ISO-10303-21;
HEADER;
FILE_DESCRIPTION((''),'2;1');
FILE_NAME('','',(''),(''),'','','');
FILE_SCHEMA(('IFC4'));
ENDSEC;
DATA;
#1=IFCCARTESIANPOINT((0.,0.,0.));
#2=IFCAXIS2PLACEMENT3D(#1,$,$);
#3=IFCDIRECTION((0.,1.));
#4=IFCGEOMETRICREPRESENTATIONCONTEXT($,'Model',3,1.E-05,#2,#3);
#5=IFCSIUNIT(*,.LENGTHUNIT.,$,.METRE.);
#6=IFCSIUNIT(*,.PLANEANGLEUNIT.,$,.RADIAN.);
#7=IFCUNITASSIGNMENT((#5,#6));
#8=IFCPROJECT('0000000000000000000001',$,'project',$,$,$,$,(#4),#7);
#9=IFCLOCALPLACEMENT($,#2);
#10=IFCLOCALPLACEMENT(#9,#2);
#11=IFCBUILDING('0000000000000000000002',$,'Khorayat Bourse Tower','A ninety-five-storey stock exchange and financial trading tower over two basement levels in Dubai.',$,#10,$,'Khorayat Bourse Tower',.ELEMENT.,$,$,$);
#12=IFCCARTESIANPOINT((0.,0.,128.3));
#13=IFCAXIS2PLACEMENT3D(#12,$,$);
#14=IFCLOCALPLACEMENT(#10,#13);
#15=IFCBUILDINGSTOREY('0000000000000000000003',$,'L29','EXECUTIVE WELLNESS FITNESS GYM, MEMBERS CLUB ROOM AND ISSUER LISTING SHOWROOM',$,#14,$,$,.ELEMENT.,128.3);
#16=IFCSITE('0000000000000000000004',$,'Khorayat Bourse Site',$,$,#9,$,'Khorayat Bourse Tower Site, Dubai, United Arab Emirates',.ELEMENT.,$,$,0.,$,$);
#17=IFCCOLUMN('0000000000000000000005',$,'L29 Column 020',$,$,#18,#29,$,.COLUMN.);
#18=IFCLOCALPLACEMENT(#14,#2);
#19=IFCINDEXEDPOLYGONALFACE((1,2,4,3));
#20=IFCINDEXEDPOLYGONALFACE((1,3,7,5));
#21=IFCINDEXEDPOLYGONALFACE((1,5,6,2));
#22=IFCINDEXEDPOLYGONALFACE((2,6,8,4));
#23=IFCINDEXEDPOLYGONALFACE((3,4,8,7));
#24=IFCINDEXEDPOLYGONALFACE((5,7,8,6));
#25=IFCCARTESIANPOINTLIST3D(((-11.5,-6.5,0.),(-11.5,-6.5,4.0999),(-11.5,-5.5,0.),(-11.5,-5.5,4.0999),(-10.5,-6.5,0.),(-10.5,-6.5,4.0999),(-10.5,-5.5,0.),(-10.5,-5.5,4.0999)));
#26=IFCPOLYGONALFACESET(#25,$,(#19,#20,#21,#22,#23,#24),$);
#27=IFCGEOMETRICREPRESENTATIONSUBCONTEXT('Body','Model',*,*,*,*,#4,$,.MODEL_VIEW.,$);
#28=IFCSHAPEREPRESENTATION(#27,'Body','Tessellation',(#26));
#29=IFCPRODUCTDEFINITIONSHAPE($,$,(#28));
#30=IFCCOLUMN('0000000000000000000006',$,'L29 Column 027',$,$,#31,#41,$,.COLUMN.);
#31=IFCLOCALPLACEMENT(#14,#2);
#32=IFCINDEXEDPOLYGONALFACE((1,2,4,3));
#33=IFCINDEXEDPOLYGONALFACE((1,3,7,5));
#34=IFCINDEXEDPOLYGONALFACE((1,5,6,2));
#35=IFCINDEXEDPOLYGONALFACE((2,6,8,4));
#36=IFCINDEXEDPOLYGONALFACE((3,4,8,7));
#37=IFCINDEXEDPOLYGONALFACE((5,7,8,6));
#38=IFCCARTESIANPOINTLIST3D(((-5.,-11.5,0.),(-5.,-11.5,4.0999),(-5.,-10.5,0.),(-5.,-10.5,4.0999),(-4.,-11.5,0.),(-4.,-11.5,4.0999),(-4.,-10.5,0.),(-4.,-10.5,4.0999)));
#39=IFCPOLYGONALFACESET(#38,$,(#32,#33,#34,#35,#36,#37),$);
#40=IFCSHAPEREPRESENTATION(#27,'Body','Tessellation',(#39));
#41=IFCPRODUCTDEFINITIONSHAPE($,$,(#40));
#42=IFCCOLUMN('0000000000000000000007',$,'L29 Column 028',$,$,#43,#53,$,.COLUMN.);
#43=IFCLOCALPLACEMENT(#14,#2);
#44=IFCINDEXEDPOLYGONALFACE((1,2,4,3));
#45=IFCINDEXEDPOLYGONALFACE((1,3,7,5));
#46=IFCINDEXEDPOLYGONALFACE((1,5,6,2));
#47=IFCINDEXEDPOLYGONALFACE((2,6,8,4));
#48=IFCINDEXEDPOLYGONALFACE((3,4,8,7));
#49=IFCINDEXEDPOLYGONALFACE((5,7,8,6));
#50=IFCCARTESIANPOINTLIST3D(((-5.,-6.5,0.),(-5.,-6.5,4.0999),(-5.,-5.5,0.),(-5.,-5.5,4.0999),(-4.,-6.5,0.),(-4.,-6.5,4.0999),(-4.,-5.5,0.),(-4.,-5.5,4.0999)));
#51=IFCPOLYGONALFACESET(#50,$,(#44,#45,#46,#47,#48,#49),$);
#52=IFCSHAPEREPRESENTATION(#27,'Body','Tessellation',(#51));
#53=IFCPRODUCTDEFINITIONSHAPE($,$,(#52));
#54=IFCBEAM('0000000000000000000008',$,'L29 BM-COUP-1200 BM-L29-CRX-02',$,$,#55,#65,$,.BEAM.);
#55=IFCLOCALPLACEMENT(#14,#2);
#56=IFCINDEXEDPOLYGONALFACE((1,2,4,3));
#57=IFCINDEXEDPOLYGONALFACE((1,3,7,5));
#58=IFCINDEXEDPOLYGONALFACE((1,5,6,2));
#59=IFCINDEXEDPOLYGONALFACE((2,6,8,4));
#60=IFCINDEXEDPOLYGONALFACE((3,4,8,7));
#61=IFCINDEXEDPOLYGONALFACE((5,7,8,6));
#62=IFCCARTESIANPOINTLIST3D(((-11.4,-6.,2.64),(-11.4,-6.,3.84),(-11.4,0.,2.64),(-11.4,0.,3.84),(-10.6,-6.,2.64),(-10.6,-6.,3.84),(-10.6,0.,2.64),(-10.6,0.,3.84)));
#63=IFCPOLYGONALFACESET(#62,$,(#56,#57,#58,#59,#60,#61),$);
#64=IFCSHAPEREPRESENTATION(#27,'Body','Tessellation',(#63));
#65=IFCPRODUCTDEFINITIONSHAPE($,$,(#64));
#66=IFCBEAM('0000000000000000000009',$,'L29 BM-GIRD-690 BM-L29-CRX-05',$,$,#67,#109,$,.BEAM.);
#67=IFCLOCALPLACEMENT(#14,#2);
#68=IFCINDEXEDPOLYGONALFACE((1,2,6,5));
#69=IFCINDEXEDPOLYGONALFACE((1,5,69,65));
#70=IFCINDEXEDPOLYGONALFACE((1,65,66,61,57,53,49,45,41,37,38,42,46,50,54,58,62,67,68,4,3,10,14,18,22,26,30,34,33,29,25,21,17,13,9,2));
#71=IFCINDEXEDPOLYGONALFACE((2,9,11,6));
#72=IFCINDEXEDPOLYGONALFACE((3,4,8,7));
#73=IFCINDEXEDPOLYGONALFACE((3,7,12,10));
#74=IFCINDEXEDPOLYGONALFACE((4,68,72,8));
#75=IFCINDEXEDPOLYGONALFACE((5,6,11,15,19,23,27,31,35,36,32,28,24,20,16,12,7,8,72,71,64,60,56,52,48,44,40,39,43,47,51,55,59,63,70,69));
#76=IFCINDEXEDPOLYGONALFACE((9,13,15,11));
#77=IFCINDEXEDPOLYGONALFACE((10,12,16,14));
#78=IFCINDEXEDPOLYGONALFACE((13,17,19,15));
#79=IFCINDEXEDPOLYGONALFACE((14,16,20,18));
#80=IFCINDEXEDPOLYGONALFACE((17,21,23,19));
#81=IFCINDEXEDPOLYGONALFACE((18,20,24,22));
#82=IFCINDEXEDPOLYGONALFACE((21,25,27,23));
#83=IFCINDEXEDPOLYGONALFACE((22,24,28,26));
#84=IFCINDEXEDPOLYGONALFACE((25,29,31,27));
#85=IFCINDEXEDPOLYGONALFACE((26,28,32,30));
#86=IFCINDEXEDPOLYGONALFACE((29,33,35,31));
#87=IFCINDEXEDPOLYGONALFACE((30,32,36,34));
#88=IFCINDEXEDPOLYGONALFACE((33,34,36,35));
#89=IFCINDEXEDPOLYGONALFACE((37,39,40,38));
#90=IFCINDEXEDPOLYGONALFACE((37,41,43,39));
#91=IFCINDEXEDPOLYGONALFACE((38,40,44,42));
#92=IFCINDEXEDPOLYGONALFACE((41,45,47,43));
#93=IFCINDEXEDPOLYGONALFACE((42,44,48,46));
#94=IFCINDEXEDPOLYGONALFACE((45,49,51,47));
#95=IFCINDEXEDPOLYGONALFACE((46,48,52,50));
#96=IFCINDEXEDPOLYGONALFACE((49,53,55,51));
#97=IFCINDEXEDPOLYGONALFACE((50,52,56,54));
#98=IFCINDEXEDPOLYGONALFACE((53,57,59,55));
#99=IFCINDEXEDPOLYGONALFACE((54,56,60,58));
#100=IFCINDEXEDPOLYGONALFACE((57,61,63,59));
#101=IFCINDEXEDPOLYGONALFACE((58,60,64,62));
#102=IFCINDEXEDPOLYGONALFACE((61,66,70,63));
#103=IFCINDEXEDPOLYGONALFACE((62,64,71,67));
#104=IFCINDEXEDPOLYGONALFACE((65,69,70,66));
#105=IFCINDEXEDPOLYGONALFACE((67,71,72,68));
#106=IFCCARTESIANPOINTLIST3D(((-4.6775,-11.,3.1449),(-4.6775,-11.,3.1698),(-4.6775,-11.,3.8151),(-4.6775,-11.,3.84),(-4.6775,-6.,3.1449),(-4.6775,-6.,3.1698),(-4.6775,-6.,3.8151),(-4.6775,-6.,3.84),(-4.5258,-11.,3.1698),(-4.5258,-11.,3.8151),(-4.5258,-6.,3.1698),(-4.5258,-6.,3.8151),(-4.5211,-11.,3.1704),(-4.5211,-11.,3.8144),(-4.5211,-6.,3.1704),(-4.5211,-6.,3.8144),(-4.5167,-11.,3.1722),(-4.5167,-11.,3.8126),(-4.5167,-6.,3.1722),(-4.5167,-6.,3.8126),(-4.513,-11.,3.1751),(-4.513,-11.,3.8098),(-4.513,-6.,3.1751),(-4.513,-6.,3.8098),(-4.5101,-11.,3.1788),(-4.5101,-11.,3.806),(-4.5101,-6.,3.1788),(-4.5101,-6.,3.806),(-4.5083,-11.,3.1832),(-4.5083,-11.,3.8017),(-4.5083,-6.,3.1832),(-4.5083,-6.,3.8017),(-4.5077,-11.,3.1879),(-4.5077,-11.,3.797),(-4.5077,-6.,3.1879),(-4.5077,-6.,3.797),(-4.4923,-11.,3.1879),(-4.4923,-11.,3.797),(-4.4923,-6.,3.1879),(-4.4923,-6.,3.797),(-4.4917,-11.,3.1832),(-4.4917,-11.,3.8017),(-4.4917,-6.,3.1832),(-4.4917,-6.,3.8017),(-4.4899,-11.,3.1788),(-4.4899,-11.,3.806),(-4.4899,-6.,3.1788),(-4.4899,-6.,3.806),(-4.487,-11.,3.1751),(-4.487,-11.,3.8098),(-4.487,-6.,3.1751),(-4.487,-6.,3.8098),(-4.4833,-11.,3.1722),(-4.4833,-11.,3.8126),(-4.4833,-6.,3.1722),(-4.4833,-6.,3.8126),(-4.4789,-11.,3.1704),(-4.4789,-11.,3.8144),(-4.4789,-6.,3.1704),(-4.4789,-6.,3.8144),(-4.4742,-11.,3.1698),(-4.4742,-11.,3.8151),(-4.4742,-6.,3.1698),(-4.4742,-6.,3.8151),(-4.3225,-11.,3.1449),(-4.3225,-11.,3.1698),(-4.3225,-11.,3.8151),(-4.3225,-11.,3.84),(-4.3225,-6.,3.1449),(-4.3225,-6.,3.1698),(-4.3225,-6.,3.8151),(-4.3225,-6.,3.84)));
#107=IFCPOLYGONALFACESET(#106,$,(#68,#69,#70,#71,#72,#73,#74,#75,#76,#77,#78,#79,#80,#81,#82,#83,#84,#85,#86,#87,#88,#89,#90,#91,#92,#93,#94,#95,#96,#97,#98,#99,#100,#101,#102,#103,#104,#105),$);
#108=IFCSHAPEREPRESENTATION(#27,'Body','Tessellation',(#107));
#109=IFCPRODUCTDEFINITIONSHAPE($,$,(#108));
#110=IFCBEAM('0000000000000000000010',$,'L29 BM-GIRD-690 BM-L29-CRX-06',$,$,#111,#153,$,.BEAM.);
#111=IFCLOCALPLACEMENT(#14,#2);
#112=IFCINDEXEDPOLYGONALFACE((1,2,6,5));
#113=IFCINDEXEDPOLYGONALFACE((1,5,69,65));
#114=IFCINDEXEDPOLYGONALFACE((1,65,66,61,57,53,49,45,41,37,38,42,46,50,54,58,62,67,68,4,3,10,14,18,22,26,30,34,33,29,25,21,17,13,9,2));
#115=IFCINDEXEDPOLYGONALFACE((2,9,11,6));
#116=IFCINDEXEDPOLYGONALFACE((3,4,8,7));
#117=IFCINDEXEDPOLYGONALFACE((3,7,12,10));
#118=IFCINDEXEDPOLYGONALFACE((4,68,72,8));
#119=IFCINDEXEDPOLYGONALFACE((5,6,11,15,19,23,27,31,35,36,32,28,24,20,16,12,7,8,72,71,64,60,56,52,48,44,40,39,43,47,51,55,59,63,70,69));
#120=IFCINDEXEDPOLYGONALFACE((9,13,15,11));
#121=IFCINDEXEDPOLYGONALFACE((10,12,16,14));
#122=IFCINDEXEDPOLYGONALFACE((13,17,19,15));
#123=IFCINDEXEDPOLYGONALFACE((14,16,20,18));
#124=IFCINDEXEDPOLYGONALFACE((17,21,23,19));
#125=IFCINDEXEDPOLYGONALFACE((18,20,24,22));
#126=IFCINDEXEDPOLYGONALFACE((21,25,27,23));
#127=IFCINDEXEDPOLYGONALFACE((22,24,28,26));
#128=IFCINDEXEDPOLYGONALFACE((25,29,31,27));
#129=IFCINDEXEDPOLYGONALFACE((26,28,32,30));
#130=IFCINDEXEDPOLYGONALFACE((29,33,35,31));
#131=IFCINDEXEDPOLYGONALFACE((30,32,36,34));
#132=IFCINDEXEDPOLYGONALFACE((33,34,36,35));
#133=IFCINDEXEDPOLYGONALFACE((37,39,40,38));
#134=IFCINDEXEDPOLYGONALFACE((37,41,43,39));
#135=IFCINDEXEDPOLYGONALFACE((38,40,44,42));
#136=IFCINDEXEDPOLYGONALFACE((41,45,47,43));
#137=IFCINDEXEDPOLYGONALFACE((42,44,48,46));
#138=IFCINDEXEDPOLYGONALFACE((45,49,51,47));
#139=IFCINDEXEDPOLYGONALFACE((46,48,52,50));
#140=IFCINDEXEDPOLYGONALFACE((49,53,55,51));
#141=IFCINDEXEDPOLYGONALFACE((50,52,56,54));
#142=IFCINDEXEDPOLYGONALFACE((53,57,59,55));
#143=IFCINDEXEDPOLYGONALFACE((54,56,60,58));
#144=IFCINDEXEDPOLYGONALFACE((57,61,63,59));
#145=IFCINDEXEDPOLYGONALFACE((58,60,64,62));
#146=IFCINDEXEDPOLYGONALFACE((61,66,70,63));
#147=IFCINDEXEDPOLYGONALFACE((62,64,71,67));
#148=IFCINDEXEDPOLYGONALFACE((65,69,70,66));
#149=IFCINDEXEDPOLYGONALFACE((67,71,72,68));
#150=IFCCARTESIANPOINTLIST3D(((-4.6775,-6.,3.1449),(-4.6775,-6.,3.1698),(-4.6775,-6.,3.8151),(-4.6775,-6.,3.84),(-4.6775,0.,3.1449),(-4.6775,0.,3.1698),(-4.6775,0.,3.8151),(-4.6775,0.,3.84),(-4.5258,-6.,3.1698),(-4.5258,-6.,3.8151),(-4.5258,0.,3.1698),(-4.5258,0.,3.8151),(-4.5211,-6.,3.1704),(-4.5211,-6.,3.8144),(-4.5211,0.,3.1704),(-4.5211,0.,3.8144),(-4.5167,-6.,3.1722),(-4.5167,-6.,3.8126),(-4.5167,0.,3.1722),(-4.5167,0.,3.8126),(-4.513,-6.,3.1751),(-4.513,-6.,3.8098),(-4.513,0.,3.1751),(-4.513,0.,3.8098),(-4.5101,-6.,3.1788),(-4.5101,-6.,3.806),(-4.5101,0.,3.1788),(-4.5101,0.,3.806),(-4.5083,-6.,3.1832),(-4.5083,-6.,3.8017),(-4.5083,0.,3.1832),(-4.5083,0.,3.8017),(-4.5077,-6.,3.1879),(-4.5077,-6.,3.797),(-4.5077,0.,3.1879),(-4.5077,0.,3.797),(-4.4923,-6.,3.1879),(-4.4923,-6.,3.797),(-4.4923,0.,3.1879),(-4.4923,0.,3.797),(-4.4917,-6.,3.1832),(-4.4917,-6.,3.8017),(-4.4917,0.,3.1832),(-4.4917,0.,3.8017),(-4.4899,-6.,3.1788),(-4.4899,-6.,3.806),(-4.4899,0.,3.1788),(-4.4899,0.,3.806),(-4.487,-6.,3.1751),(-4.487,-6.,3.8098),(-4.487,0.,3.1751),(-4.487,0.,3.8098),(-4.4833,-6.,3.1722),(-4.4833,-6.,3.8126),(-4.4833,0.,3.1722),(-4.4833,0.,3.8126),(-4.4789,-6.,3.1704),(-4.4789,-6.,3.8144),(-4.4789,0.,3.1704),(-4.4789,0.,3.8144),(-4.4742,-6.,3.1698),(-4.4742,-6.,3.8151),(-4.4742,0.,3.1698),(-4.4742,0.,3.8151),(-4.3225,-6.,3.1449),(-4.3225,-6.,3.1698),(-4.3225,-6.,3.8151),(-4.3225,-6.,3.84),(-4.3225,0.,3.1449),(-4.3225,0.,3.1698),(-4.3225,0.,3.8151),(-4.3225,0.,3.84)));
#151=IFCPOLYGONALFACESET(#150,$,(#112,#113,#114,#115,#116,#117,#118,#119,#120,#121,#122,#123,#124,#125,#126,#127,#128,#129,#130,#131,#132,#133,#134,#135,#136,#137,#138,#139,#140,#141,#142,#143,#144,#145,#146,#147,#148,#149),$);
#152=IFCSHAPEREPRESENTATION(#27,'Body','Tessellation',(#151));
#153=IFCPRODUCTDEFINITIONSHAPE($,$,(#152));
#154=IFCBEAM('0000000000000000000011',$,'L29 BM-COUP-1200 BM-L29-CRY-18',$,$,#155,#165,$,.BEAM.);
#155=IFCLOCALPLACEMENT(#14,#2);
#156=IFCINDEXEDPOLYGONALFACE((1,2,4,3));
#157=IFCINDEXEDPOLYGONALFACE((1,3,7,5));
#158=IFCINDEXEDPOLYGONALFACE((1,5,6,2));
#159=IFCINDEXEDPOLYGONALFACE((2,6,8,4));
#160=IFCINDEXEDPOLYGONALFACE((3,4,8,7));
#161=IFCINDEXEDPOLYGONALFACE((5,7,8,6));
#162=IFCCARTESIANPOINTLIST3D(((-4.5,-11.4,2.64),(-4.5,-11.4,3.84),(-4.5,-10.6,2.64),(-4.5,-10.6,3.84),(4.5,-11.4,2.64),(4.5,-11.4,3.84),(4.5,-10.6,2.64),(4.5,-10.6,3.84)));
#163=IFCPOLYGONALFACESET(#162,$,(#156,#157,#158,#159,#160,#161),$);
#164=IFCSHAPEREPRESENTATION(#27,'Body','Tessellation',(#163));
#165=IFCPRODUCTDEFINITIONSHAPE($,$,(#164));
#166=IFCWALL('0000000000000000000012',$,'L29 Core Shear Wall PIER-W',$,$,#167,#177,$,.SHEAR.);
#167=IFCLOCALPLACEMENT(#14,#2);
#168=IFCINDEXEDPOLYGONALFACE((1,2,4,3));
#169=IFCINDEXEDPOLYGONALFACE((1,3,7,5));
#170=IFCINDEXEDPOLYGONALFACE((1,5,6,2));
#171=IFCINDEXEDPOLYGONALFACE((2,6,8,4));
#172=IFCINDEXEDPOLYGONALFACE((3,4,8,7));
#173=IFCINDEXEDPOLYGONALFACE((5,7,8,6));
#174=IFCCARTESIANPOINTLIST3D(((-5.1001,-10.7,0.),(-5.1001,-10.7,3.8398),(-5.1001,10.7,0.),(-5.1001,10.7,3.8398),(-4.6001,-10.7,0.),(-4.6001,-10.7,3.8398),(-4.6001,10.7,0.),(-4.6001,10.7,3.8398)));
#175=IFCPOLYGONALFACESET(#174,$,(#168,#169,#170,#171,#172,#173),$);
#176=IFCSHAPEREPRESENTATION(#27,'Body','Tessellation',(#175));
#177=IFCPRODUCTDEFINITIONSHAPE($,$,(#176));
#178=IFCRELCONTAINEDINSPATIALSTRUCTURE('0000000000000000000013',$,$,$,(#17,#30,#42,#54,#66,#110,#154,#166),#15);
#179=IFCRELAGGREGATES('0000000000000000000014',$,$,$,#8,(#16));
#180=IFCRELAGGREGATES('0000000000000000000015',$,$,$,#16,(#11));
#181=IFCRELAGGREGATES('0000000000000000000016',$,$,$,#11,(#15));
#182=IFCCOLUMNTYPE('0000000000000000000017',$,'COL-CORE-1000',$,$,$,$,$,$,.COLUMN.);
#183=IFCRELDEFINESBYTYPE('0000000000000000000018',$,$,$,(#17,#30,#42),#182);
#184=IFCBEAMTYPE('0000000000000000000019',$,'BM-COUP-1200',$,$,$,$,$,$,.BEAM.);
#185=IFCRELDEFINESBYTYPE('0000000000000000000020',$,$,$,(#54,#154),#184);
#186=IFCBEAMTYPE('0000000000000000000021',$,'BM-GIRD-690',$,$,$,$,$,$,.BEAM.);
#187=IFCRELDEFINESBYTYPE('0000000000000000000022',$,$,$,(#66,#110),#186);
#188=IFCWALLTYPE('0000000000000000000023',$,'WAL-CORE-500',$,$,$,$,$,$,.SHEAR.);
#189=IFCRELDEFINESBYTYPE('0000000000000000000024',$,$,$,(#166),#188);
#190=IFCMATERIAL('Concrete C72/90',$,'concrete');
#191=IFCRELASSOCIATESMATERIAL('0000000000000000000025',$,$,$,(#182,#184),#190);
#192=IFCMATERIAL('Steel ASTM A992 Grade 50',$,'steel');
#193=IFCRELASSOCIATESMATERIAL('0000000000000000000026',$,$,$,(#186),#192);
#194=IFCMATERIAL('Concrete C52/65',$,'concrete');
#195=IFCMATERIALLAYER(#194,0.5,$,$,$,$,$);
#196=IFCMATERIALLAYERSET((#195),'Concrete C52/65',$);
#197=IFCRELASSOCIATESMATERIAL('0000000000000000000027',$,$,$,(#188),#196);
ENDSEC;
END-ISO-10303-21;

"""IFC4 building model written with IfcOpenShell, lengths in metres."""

from ifc_helpers import new_model, si_unit, direction, frame, frame_2d, origin, origin_2d, place, context, subcontext, project, spatial, rectangle, i_section, extrude, source, transform, mapped, material, layer, layer_set, material_profile, profile_set, type_object, element, save


model = new_model("IFC4")

# Units and contexts
model_context = context("Model", 3, precision=1e-05, world=origin(), true_north=direction((0.0, 1.0)))
body_context = subcontext(model_context, "Body", "Model", "MODEL_VIEW")
ifc_project = project(units=[si_unit("LENGTHUNIT", "METRE"), si_unit("PLANEANGLEUNIT", "RADIAN")], contexts=[model_context])

# Site, building, storey
site_placement = place(None, origin())
site = spatial("IfcSite", under=ifc_project, at=site_placement, Name="Khorayat Bourse Site", LongName="Khorayat Bourse Tower Site, Dubai, United Arab Emirates", CompositionType="ELEMENT", RefElevation=0.0)
building_placement = place(site_placement, origin())
building = spatial("IfcBuilding", under=site, at=building_placement, Name="Khorayat Bourse Tower", Description="A ninety-five-storey stock exchange and financial trading tower over two basement levels in Dubai.", LongName="Khorayat Bourse Tower", CompositionType="ELEMENT")
storey_placement = place(building_placement, frame((0.0, 0.0, 128.3)))
storey = spatial("IfcBuildingStorey", under=building, at=storey_placement, Name="L29", Description="EXECUTIVE WELLNESS FITNESS GYM, MEMBERS CLUB ROOM AND ISSUER LISTING SHOWROOM", CompositionType="ELEMENT", Elevation=128.3)

# Columns
ifc_material_1 = material(Name="Concrete C72/90", Category="concrete")
ifc_material_profile_1 = material_profile(ifc_material_1, rectangle(XDim=1.0, YDim=1.0, at=origin_2d()), Name="RC 1000x1000")
ifc_profile_set_1 = profile_set([ifc_material_profile_1], Name="Concrete C72/90")
column_type = type_object("IfcColumnType", Name="COL-CORE-1000", PredefinedType="COLUMN", material=ifc_profile_set_1)
shared_shape_1 = source(origin(), body_context, "Body", "SweptSolid", [
    extrude(rectangle(XDim=1.0, YDim=1.0, at=origin_2d()), origin(), (0.0, 0.0, 1.0), 4.0999),
])
for number, where, z_axis, x_axis, name in (
    (1, (-11.0, -6.0, 0.0), (0.0, 0.0, 1.0), (1.0, 0.0, 0.0), "L29 Column 020"),
    (2, (-4.5, -11.0, 0.0), (0.0, 0.0, 1.0), (1.0, 0.0, 0.0), "L29 Column 027"),
    (3, (-4.5, -6.0, 0.0), (0.0, 0.0, 1.0), (1.0, 0.0, 0.0), "L29 Column 028"),
):
    element("IfcColumn", number, at=place(storey_placement, frame(where, z_axis=z_axis, x_axis=x_axis)), inside=storey, type_object=column_type, Name=name, PredefinedType="COLUMN", context=body_context, shape_type="MappedRepresentation", body=[
        mapped(shared_shape_1, transform((0.0, 0.0, 0.0), scale=1.0)),
    ])

# Beams
ifc_material_profile_2 = material_profile(ifc_material_1, rectangle(XDim=0.8, YDim=1.2, at=origin_2d()), Name="RC 800x1200")
ifc_profile_set_2 = profile_set([ifc_material_profile_2], Name="Concrete C72/90")
beam_type_1 = type_object("IfcBeamType", Name="BM-COUP-1200", PredefinedType="BEAM", material=ifc_profile_set_2)
shared_shape_2 = source(origin(), body_context, "Body", "SweptSolid", [
    extrude(rectangle(XDim=0.8, YDim=1.2, at=origin_2d()), origin(), (0.0, 0.0, 1.0), 6.0),
])
beam_1_placement = place(storey_placement, frame((-11.0, -6.0, 3.24), z_axis=(0.0, 1.0, 0.0), x_axis=(-1.0, 0.0, 0.0)))
element("IfcBeam", 4, at=beam_1_placement, inside=storey, type_object=beam_type_1, Name="L29 BM-COUP-1200 BM-L29-CRX-02", PredefinedType="BEAM", context=body_context, shape_type="MappedRepresentation", body=[
    mapped(shared_shape_2, transform((0.0, 0.0, 0.0), scale=1.0)),
])
ifc_material_2 = material(Name="Steel ASTM A992 Grade 50", Category="steel")
ifc_material_profile_3 = material_profile(ifc_material_2, i_section(OverallWidth=0.355, OverallDepth=0.6951, WebThickness=0.0154, FlangeThickness=0.0249, FilletRadius=0.0181, at=origin_2d()), Name="W690X217")
ifc_profile_set_3 = profile_set([ifc_material_profile_3], Name="Steel ASTM A992 Grade 50")
beam_type_2 = type_object("IfcBeamType", Name="BM-GIRD-690", PredefinedType="BEAM", material=ifc_profile_set_3)
shared_shape_3 = source(origin(), body_context, "Body", "SweptSolid", [
    extrude(i_section(OverallWidth=0.355, OverallDepth=0.6951, WebThickness=0.0154, FlangeThickness=0.0249, FilletRadius=0.0181, at=origin_2d()), origin(), (0.0, 0.0, 1.0), 5.0),
])
beam_2_placement = place(storey_placement, frame((-4.5, -11.0, 3.4924), z_axis=(0.0, 1.0, 0.0), x_axis=(-1.0, 0.0, 0.0)))
element("IfcBeam", 5, at=beam_2_placement, inside=storey, type_object=beam_type_2, Name="L29 BM-GIRD-690 BM-L29-CRX-05", PredefinedType="BEAM", context=body_context, shape_type="MappedRepresentation", body=[
    mapped(shared_shape_3, transform((0.0, 0.0, 0.0), scale=1.0)),
])
shared_shape_4 = source(origin(), body_context, "Body", "SweptSolid", [
    extrude(i_section(OverallWidth=0.355, OverallDepth=0.6951, WebThickness=0.0154, FlangeThickness=0.0249, FilletRadius=0.0181, at=origin_2d()), origin(), (0.0, 0.0, 1.0), 6.0),
])
beam_3_placement = place(storey_placement, frame((-4.5, -6.0, 3.4924), z_axis=(0.0, 1.0, 0.0), x_axis=(-1.0, 0.0, 0.0)))
element("IfcBeam", 6, at=beam_3_placement, inside=storey, type_object=beam_type_2, Name="L29 BM-GIRD-690 BM-L29-CRX-06", PredefinedType="BEAM", context=body_context, shape_type="MappedRepresentation", body=[
    mapped(shared_shape_4, transform((0.0, 0.0, 0.0), scale=1.0)),
])
shared_shape_5 = source(origin(), body_context, "Body", "SweptSolid", [
    extrude(rectangle(XDim=0.8, YDim=1.2, at=origin_2d()), origin(), (0.0, 0.0, 1.0), 9.0),
])
beam_4_placement = place(storey_placement, frame((-4.5, -11.0, 3.24), z_axis=(1.0, 0.0, 0.0), x_axis=(0.0, 1.0, 0.0)))
element("IfcBeam", 7, at=beam_4_placement, inside=storey, type_object=beam_type_1, Name="L29 BM-COUP-1200 BM-L29-CRY-18", PredefinedType="BEAM", context=body_context, shape_type="MappedRepresentation", body=[
    mapped(shared_shape_5, transform((0.0, 0.0, 0.0), scale=1.0)),
])

# Wall
ifc_material_3 = material(Name="Concrete C52/65", Category="concrete")
ifc_layer_1 = layer(ifc_material_3, 0.5)
ifc_layer_set_1 = layer_set([ifc_layer_1], Name="Concrete C52/65")
wall_type_1 = type_object("IfcWallType", Name="WAL-CORE-500", PredefinedType="SHEAR", material=ifc_layer_set_1)
shared_shape_6 = source(origin(), body_context, "Body", "SweptSolid", [
    extrude(rectangle(XDim=21.3999, YDim=0.5, at=frame_2d((10.7, 0.0))), origin(), (0.0, 0.0, 1.0), 3.8398),
])
wall_1_placement = place(storey_placement, frame((-4.8501, -10.7, 0.0), z_axis=(0.0, 0.0, 1.0), x_axis=(0.0, 1.0, 0.0)))
element("IfcWall", 8, at=wall_1_placement, inside=storey, type_object=wall_type_1, Name="L29 Core Shear Wall PIER-W", PredefinedType="SHEAR", context=body_context, shape_type="MappedRepresentation", body=[
    mapped(shared_shape_6, transform((0.0, 0.0, 0.0), scale=1.0)),
])

save(model, "model.ifc")
